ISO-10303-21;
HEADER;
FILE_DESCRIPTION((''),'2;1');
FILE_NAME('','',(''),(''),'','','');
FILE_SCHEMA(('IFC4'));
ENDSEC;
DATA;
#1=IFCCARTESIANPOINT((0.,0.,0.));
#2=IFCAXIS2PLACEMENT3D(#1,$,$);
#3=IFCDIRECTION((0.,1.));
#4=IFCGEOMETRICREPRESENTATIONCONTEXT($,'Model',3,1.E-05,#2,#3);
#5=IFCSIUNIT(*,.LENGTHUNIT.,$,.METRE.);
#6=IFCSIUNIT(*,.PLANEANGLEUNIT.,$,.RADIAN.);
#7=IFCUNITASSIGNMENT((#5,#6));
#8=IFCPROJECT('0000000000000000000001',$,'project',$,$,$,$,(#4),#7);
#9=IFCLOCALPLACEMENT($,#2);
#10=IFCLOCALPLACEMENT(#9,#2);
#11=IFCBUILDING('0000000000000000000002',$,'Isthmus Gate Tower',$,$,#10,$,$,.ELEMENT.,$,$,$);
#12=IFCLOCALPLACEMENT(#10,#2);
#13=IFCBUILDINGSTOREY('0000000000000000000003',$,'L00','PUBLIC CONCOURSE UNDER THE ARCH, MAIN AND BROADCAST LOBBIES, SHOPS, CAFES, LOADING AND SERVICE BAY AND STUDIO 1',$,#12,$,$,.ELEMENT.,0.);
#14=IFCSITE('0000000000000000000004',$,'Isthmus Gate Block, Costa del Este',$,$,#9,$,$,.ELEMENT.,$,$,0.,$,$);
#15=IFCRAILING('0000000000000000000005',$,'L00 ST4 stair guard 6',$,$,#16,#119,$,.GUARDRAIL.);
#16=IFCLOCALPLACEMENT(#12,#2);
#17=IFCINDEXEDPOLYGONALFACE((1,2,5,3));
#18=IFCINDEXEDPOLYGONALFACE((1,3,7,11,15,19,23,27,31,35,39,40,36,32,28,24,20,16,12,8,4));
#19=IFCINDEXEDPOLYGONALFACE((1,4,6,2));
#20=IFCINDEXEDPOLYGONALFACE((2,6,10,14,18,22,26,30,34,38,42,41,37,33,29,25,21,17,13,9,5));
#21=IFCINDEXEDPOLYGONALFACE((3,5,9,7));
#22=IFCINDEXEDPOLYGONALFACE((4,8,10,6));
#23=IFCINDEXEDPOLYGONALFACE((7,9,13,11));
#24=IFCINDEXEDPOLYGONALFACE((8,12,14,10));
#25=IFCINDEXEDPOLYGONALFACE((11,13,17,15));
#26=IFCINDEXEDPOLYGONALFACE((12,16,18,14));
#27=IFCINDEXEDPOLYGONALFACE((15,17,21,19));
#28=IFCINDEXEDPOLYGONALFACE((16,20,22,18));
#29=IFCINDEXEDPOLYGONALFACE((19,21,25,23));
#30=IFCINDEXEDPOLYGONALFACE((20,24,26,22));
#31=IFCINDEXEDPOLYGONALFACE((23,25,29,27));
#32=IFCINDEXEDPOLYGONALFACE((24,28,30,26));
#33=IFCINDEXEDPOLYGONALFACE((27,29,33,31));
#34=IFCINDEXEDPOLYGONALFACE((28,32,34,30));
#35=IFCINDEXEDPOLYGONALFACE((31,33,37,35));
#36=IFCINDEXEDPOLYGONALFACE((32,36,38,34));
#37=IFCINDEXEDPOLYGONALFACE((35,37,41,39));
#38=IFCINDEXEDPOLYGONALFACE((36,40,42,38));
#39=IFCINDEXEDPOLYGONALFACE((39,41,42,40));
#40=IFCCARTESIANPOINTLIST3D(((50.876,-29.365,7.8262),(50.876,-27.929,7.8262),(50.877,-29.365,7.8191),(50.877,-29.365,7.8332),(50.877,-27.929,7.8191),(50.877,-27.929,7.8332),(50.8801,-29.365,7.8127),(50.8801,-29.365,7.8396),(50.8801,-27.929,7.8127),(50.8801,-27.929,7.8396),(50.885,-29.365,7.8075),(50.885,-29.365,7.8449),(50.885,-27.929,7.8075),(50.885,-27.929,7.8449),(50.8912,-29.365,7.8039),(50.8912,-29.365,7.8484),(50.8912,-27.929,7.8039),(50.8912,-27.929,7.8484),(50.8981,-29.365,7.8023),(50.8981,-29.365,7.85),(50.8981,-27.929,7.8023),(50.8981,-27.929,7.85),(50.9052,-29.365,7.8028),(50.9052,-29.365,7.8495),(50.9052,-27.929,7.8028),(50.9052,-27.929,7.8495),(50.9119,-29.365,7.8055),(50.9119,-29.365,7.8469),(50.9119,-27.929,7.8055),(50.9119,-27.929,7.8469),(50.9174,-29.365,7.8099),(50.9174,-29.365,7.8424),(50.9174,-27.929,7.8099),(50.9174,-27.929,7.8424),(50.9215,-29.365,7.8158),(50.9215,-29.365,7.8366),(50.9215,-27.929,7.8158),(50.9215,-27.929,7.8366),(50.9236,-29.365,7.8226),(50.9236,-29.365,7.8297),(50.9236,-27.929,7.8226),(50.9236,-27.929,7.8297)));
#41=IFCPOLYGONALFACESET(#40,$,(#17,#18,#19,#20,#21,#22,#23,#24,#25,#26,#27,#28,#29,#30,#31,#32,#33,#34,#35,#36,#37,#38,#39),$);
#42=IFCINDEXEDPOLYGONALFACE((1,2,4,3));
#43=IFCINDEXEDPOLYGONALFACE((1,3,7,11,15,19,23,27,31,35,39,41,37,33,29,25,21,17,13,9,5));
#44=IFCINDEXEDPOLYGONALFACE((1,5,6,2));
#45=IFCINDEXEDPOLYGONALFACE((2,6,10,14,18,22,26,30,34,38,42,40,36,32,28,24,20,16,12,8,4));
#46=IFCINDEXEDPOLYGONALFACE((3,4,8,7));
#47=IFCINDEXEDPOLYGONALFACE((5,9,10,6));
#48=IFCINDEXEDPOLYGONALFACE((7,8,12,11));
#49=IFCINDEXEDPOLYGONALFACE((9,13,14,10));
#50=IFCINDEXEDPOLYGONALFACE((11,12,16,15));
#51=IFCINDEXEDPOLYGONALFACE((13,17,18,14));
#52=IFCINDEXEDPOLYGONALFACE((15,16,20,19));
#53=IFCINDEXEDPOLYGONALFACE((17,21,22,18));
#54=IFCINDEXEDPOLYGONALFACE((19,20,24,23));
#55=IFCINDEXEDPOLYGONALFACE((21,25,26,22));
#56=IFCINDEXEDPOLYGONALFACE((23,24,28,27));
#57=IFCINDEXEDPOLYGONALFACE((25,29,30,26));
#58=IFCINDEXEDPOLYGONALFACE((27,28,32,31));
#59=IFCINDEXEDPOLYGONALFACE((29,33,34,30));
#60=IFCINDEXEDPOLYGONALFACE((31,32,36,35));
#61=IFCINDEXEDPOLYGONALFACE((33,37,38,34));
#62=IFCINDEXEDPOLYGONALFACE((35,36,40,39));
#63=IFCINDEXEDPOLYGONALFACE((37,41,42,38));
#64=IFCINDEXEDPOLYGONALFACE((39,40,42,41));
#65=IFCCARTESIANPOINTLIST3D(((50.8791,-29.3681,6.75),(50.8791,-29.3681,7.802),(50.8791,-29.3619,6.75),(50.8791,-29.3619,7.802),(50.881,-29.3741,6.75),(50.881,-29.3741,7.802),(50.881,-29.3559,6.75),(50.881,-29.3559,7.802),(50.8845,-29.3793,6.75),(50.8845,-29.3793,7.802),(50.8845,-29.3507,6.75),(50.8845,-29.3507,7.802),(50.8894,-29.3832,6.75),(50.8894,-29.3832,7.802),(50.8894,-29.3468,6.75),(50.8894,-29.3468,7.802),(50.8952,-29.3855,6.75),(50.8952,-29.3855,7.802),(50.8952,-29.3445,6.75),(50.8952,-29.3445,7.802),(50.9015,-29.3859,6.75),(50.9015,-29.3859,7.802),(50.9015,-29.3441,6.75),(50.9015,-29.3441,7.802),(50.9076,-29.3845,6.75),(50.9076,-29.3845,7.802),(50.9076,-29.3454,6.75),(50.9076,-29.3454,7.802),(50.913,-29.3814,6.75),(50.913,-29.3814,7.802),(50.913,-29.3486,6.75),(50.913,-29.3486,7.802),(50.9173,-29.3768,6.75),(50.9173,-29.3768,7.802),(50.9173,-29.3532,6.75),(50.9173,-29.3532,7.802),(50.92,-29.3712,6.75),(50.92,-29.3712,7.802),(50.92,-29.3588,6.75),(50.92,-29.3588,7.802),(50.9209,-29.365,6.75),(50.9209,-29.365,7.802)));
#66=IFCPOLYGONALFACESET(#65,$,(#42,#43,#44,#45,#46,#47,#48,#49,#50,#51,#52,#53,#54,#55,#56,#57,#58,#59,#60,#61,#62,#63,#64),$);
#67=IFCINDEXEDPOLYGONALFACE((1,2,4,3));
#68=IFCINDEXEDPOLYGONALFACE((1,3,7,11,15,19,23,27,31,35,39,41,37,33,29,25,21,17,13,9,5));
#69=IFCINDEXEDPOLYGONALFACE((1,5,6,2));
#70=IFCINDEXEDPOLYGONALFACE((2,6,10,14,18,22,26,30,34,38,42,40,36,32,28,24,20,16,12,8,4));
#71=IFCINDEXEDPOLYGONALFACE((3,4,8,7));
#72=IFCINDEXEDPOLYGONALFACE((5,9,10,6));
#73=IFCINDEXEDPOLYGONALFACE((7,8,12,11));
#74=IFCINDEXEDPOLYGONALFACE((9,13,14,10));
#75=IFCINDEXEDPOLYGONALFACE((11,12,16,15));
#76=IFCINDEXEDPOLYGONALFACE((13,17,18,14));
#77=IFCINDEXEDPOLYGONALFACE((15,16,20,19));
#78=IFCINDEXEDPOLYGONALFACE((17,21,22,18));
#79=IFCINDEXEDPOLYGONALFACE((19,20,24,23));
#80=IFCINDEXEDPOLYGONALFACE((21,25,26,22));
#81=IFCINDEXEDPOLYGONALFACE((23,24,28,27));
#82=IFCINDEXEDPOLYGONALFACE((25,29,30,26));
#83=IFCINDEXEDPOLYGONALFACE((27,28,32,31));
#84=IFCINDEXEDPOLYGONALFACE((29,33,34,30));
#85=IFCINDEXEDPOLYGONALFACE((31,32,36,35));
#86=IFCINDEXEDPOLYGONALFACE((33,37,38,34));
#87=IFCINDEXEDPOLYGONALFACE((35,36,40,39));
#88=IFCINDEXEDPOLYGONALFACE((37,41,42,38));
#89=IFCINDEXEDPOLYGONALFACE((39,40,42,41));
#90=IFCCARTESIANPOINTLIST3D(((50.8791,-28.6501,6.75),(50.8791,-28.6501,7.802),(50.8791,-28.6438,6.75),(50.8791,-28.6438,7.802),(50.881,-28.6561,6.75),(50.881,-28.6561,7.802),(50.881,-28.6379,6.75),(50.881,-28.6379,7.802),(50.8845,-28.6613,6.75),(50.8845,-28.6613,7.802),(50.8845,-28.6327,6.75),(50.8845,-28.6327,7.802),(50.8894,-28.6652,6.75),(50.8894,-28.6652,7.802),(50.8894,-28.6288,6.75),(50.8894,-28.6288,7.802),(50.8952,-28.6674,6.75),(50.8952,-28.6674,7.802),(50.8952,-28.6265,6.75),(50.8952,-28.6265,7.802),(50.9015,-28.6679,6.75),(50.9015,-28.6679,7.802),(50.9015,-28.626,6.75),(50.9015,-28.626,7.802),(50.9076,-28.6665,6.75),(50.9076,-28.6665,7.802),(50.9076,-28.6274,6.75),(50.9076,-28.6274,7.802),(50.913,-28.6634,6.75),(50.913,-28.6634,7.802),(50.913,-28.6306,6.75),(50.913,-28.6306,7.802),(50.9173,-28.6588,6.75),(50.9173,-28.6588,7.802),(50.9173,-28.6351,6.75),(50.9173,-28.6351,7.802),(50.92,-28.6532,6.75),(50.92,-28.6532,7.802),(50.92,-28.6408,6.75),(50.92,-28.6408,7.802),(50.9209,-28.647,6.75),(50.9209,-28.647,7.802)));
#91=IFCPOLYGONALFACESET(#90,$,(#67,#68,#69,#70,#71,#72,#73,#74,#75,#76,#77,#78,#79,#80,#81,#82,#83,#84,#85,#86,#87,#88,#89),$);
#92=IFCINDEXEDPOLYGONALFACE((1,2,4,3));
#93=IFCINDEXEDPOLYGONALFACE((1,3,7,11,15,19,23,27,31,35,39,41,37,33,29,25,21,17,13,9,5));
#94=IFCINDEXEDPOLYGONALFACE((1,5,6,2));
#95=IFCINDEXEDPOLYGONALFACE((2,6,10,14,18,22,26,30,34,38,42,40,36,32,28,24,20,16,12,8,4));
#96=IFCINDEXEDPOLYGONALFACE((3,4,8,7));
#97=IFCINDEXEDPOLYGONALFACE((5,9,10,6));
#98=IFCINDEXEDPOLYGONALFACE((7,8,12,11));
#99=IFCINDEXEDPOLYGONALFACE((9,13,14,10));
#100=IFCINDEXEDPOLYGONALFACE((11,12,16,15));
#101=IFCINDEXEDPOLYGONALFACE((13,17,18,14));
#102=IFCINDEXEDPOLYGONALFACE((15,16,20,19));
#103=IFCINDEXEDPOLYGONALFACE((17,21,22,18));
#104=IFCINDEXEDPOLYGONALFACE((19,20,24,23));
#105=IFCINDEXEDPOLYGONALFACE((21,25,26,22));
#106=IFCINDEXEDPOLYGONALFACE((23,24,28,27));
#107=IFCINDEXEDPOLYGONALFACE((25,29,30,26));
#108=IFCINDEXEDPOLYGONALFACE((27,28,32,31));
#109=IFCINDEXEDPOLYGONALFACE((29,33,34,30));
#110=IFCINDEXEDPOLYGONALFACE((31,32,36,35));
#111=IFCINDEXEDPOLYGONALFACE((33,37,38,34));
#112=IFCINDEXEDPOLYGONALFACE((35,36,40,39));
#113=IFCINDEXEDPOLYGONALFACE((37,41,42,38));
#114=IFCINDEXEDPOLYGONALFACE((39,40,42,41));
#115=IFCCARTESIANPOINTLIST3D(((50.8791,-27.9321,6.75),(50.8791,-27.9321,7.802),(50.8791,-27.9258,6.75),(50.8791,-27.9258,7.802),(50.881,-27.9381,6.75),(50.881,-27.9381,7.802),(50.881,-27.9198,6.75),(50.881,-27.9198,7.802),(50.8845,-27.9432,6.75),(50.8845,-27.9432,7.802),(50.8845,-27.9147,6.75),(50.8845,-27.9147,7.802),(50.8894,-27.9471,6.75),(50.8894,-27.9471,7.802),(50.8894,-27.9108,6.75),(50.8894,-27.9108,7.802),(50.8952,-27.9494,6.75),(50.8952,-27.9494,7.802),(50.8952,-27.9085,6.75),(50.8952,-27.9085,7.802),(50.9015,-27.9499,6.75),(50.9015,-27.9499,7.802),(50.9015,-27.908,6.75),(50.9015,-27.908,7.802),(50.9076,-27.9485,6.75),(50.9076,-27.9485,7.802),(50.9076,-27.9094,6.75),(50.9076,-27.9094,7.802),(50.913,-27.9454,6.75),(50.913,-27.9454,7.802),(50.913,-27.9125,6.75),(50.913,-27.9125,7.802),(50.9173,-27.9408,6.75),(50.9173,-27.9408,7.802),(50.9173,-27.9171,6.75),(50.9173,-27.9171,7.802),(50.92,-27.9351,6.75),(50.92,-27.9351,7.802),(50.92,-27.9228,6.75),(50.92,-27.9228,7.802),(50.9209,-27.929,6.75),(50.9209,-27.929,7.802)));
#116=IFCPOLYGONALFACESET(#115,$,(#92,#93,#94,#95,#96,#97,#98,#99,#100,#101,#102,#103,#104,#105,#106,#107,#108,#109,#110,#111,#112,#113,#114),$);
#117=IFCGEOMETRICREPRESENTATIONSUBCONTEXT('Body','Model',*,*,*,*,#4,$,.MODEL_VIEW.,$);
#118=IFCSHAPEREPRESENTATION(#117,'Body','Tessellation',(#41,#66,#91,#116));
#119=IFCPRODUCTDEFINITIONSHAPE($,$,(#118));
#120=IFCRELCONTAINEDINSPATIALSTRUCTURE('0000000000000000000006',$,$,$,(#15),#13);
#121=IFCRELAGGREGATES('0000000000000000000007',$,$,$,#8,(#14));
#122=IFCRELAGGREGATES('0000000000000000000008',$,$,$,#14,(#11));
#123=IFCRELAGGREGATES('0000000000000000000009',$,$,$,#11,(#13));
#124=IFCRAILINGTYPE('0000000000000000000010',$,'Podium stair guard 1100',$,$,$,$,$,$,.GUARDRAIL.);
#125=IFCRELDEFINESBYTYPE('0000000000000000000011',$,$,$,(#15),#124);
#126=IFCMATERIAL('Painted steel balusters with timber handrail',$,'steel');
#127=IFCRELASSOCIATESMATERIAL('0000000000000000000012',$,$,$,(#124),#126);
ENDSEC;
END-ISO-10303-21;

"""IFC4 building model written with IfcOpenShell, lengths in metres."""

from ifc_helpers import new_model, si_unit, direction, frame, origin, origin_2d, place, context, subcontext, project, spatial, circle, extrude, material, type_object, element, save


model = new_model("IFC4")

# Units and contexts
model_context = context("Model", 3, precision=1e-05, world=origin(), true_north=direction((0.0, 1.0)))
body_context = subcontext(model_context, "Body", "Model", "MODEL_VIEW")
ifc_project = project(units=[si_unit("LENGTHUNIT", "METRE"), si_unit("PLANEANGLEUNIT", "RADIAN")], contexts=[model_context])

# Site, building, storey
site_placement = place(None, origin())
site = spatial("IfcSite", under=ifc_project, at=site_placement, Name="Isthmus Gate Block, Costa del Este", CompositionType="ELEMENT", RefElevation=0.0)
building_placement = place(site_placement, origin())
building = spatial("IfcBuilding", under=site, at=building_placement, Name="Isthmus Gate Tower", CompositionType="ELEMENT")
storey_placement = place(building_placement, origin())
storey = spatial("IfcBuildingStorey", under=building, at=storey_placement, Name="L00", Description="PUBLIC CONCOURSE UNDER THE ARCH, MAIN AND BROADCAST LOBBIES, SHOPS, CAFES, LOADING AND SERVICE BAY AND STUDIO 1", CompositionType="ELEMENT", Elevation=0.0)

# Railing
ifc_material_1 = material(Name="Painted steel balusters with timber handrail", Category="steel")
railing_type = type_object("IfcRailingType", Name="Podium stair guard 1100", PredefinedType="GUARDRAIL", material=ifc_material_1)
for number, where, name in (
    (1, (50.8999, -29.365, 6.75), "L00 ST4 stair guard 6"),
):
    element("IfcRailing", number, at=place(storey_placement, frame(where)), inside=storey, type_object=railing_type, Name=name, PredefinedType="GUARDRAIL", context=body_context, shape_type="SweptSolid", body=[
        extrude(circle(Radius=0.0239, at=origin_2d()), frame((0.0, 0.0, 1.0762), z_axis=(0.0, 1.0, 0.0), x_axis=(-1.0, 0.0, 0.0)), (0.0, 0.0, 1.0), 1.436),
        extrude(circle(Radius=0.021, at=origin_2d()), origin(), (0.0, 0.0, 1.0), 1.052),
        extrude(circle(Radius=0.021, at=origin_2d()), frame((0.0, 0.718, 0.0)), (0.0, 0.0, 1.0), 1.052),
        extrude(circle(Radius=0.021, at=origin_2d()), frame((0.0, 1.436, 0.0)), (0.0, 0.0, 1.0), 1.052),
    ])

save(model, "model.ifc")
